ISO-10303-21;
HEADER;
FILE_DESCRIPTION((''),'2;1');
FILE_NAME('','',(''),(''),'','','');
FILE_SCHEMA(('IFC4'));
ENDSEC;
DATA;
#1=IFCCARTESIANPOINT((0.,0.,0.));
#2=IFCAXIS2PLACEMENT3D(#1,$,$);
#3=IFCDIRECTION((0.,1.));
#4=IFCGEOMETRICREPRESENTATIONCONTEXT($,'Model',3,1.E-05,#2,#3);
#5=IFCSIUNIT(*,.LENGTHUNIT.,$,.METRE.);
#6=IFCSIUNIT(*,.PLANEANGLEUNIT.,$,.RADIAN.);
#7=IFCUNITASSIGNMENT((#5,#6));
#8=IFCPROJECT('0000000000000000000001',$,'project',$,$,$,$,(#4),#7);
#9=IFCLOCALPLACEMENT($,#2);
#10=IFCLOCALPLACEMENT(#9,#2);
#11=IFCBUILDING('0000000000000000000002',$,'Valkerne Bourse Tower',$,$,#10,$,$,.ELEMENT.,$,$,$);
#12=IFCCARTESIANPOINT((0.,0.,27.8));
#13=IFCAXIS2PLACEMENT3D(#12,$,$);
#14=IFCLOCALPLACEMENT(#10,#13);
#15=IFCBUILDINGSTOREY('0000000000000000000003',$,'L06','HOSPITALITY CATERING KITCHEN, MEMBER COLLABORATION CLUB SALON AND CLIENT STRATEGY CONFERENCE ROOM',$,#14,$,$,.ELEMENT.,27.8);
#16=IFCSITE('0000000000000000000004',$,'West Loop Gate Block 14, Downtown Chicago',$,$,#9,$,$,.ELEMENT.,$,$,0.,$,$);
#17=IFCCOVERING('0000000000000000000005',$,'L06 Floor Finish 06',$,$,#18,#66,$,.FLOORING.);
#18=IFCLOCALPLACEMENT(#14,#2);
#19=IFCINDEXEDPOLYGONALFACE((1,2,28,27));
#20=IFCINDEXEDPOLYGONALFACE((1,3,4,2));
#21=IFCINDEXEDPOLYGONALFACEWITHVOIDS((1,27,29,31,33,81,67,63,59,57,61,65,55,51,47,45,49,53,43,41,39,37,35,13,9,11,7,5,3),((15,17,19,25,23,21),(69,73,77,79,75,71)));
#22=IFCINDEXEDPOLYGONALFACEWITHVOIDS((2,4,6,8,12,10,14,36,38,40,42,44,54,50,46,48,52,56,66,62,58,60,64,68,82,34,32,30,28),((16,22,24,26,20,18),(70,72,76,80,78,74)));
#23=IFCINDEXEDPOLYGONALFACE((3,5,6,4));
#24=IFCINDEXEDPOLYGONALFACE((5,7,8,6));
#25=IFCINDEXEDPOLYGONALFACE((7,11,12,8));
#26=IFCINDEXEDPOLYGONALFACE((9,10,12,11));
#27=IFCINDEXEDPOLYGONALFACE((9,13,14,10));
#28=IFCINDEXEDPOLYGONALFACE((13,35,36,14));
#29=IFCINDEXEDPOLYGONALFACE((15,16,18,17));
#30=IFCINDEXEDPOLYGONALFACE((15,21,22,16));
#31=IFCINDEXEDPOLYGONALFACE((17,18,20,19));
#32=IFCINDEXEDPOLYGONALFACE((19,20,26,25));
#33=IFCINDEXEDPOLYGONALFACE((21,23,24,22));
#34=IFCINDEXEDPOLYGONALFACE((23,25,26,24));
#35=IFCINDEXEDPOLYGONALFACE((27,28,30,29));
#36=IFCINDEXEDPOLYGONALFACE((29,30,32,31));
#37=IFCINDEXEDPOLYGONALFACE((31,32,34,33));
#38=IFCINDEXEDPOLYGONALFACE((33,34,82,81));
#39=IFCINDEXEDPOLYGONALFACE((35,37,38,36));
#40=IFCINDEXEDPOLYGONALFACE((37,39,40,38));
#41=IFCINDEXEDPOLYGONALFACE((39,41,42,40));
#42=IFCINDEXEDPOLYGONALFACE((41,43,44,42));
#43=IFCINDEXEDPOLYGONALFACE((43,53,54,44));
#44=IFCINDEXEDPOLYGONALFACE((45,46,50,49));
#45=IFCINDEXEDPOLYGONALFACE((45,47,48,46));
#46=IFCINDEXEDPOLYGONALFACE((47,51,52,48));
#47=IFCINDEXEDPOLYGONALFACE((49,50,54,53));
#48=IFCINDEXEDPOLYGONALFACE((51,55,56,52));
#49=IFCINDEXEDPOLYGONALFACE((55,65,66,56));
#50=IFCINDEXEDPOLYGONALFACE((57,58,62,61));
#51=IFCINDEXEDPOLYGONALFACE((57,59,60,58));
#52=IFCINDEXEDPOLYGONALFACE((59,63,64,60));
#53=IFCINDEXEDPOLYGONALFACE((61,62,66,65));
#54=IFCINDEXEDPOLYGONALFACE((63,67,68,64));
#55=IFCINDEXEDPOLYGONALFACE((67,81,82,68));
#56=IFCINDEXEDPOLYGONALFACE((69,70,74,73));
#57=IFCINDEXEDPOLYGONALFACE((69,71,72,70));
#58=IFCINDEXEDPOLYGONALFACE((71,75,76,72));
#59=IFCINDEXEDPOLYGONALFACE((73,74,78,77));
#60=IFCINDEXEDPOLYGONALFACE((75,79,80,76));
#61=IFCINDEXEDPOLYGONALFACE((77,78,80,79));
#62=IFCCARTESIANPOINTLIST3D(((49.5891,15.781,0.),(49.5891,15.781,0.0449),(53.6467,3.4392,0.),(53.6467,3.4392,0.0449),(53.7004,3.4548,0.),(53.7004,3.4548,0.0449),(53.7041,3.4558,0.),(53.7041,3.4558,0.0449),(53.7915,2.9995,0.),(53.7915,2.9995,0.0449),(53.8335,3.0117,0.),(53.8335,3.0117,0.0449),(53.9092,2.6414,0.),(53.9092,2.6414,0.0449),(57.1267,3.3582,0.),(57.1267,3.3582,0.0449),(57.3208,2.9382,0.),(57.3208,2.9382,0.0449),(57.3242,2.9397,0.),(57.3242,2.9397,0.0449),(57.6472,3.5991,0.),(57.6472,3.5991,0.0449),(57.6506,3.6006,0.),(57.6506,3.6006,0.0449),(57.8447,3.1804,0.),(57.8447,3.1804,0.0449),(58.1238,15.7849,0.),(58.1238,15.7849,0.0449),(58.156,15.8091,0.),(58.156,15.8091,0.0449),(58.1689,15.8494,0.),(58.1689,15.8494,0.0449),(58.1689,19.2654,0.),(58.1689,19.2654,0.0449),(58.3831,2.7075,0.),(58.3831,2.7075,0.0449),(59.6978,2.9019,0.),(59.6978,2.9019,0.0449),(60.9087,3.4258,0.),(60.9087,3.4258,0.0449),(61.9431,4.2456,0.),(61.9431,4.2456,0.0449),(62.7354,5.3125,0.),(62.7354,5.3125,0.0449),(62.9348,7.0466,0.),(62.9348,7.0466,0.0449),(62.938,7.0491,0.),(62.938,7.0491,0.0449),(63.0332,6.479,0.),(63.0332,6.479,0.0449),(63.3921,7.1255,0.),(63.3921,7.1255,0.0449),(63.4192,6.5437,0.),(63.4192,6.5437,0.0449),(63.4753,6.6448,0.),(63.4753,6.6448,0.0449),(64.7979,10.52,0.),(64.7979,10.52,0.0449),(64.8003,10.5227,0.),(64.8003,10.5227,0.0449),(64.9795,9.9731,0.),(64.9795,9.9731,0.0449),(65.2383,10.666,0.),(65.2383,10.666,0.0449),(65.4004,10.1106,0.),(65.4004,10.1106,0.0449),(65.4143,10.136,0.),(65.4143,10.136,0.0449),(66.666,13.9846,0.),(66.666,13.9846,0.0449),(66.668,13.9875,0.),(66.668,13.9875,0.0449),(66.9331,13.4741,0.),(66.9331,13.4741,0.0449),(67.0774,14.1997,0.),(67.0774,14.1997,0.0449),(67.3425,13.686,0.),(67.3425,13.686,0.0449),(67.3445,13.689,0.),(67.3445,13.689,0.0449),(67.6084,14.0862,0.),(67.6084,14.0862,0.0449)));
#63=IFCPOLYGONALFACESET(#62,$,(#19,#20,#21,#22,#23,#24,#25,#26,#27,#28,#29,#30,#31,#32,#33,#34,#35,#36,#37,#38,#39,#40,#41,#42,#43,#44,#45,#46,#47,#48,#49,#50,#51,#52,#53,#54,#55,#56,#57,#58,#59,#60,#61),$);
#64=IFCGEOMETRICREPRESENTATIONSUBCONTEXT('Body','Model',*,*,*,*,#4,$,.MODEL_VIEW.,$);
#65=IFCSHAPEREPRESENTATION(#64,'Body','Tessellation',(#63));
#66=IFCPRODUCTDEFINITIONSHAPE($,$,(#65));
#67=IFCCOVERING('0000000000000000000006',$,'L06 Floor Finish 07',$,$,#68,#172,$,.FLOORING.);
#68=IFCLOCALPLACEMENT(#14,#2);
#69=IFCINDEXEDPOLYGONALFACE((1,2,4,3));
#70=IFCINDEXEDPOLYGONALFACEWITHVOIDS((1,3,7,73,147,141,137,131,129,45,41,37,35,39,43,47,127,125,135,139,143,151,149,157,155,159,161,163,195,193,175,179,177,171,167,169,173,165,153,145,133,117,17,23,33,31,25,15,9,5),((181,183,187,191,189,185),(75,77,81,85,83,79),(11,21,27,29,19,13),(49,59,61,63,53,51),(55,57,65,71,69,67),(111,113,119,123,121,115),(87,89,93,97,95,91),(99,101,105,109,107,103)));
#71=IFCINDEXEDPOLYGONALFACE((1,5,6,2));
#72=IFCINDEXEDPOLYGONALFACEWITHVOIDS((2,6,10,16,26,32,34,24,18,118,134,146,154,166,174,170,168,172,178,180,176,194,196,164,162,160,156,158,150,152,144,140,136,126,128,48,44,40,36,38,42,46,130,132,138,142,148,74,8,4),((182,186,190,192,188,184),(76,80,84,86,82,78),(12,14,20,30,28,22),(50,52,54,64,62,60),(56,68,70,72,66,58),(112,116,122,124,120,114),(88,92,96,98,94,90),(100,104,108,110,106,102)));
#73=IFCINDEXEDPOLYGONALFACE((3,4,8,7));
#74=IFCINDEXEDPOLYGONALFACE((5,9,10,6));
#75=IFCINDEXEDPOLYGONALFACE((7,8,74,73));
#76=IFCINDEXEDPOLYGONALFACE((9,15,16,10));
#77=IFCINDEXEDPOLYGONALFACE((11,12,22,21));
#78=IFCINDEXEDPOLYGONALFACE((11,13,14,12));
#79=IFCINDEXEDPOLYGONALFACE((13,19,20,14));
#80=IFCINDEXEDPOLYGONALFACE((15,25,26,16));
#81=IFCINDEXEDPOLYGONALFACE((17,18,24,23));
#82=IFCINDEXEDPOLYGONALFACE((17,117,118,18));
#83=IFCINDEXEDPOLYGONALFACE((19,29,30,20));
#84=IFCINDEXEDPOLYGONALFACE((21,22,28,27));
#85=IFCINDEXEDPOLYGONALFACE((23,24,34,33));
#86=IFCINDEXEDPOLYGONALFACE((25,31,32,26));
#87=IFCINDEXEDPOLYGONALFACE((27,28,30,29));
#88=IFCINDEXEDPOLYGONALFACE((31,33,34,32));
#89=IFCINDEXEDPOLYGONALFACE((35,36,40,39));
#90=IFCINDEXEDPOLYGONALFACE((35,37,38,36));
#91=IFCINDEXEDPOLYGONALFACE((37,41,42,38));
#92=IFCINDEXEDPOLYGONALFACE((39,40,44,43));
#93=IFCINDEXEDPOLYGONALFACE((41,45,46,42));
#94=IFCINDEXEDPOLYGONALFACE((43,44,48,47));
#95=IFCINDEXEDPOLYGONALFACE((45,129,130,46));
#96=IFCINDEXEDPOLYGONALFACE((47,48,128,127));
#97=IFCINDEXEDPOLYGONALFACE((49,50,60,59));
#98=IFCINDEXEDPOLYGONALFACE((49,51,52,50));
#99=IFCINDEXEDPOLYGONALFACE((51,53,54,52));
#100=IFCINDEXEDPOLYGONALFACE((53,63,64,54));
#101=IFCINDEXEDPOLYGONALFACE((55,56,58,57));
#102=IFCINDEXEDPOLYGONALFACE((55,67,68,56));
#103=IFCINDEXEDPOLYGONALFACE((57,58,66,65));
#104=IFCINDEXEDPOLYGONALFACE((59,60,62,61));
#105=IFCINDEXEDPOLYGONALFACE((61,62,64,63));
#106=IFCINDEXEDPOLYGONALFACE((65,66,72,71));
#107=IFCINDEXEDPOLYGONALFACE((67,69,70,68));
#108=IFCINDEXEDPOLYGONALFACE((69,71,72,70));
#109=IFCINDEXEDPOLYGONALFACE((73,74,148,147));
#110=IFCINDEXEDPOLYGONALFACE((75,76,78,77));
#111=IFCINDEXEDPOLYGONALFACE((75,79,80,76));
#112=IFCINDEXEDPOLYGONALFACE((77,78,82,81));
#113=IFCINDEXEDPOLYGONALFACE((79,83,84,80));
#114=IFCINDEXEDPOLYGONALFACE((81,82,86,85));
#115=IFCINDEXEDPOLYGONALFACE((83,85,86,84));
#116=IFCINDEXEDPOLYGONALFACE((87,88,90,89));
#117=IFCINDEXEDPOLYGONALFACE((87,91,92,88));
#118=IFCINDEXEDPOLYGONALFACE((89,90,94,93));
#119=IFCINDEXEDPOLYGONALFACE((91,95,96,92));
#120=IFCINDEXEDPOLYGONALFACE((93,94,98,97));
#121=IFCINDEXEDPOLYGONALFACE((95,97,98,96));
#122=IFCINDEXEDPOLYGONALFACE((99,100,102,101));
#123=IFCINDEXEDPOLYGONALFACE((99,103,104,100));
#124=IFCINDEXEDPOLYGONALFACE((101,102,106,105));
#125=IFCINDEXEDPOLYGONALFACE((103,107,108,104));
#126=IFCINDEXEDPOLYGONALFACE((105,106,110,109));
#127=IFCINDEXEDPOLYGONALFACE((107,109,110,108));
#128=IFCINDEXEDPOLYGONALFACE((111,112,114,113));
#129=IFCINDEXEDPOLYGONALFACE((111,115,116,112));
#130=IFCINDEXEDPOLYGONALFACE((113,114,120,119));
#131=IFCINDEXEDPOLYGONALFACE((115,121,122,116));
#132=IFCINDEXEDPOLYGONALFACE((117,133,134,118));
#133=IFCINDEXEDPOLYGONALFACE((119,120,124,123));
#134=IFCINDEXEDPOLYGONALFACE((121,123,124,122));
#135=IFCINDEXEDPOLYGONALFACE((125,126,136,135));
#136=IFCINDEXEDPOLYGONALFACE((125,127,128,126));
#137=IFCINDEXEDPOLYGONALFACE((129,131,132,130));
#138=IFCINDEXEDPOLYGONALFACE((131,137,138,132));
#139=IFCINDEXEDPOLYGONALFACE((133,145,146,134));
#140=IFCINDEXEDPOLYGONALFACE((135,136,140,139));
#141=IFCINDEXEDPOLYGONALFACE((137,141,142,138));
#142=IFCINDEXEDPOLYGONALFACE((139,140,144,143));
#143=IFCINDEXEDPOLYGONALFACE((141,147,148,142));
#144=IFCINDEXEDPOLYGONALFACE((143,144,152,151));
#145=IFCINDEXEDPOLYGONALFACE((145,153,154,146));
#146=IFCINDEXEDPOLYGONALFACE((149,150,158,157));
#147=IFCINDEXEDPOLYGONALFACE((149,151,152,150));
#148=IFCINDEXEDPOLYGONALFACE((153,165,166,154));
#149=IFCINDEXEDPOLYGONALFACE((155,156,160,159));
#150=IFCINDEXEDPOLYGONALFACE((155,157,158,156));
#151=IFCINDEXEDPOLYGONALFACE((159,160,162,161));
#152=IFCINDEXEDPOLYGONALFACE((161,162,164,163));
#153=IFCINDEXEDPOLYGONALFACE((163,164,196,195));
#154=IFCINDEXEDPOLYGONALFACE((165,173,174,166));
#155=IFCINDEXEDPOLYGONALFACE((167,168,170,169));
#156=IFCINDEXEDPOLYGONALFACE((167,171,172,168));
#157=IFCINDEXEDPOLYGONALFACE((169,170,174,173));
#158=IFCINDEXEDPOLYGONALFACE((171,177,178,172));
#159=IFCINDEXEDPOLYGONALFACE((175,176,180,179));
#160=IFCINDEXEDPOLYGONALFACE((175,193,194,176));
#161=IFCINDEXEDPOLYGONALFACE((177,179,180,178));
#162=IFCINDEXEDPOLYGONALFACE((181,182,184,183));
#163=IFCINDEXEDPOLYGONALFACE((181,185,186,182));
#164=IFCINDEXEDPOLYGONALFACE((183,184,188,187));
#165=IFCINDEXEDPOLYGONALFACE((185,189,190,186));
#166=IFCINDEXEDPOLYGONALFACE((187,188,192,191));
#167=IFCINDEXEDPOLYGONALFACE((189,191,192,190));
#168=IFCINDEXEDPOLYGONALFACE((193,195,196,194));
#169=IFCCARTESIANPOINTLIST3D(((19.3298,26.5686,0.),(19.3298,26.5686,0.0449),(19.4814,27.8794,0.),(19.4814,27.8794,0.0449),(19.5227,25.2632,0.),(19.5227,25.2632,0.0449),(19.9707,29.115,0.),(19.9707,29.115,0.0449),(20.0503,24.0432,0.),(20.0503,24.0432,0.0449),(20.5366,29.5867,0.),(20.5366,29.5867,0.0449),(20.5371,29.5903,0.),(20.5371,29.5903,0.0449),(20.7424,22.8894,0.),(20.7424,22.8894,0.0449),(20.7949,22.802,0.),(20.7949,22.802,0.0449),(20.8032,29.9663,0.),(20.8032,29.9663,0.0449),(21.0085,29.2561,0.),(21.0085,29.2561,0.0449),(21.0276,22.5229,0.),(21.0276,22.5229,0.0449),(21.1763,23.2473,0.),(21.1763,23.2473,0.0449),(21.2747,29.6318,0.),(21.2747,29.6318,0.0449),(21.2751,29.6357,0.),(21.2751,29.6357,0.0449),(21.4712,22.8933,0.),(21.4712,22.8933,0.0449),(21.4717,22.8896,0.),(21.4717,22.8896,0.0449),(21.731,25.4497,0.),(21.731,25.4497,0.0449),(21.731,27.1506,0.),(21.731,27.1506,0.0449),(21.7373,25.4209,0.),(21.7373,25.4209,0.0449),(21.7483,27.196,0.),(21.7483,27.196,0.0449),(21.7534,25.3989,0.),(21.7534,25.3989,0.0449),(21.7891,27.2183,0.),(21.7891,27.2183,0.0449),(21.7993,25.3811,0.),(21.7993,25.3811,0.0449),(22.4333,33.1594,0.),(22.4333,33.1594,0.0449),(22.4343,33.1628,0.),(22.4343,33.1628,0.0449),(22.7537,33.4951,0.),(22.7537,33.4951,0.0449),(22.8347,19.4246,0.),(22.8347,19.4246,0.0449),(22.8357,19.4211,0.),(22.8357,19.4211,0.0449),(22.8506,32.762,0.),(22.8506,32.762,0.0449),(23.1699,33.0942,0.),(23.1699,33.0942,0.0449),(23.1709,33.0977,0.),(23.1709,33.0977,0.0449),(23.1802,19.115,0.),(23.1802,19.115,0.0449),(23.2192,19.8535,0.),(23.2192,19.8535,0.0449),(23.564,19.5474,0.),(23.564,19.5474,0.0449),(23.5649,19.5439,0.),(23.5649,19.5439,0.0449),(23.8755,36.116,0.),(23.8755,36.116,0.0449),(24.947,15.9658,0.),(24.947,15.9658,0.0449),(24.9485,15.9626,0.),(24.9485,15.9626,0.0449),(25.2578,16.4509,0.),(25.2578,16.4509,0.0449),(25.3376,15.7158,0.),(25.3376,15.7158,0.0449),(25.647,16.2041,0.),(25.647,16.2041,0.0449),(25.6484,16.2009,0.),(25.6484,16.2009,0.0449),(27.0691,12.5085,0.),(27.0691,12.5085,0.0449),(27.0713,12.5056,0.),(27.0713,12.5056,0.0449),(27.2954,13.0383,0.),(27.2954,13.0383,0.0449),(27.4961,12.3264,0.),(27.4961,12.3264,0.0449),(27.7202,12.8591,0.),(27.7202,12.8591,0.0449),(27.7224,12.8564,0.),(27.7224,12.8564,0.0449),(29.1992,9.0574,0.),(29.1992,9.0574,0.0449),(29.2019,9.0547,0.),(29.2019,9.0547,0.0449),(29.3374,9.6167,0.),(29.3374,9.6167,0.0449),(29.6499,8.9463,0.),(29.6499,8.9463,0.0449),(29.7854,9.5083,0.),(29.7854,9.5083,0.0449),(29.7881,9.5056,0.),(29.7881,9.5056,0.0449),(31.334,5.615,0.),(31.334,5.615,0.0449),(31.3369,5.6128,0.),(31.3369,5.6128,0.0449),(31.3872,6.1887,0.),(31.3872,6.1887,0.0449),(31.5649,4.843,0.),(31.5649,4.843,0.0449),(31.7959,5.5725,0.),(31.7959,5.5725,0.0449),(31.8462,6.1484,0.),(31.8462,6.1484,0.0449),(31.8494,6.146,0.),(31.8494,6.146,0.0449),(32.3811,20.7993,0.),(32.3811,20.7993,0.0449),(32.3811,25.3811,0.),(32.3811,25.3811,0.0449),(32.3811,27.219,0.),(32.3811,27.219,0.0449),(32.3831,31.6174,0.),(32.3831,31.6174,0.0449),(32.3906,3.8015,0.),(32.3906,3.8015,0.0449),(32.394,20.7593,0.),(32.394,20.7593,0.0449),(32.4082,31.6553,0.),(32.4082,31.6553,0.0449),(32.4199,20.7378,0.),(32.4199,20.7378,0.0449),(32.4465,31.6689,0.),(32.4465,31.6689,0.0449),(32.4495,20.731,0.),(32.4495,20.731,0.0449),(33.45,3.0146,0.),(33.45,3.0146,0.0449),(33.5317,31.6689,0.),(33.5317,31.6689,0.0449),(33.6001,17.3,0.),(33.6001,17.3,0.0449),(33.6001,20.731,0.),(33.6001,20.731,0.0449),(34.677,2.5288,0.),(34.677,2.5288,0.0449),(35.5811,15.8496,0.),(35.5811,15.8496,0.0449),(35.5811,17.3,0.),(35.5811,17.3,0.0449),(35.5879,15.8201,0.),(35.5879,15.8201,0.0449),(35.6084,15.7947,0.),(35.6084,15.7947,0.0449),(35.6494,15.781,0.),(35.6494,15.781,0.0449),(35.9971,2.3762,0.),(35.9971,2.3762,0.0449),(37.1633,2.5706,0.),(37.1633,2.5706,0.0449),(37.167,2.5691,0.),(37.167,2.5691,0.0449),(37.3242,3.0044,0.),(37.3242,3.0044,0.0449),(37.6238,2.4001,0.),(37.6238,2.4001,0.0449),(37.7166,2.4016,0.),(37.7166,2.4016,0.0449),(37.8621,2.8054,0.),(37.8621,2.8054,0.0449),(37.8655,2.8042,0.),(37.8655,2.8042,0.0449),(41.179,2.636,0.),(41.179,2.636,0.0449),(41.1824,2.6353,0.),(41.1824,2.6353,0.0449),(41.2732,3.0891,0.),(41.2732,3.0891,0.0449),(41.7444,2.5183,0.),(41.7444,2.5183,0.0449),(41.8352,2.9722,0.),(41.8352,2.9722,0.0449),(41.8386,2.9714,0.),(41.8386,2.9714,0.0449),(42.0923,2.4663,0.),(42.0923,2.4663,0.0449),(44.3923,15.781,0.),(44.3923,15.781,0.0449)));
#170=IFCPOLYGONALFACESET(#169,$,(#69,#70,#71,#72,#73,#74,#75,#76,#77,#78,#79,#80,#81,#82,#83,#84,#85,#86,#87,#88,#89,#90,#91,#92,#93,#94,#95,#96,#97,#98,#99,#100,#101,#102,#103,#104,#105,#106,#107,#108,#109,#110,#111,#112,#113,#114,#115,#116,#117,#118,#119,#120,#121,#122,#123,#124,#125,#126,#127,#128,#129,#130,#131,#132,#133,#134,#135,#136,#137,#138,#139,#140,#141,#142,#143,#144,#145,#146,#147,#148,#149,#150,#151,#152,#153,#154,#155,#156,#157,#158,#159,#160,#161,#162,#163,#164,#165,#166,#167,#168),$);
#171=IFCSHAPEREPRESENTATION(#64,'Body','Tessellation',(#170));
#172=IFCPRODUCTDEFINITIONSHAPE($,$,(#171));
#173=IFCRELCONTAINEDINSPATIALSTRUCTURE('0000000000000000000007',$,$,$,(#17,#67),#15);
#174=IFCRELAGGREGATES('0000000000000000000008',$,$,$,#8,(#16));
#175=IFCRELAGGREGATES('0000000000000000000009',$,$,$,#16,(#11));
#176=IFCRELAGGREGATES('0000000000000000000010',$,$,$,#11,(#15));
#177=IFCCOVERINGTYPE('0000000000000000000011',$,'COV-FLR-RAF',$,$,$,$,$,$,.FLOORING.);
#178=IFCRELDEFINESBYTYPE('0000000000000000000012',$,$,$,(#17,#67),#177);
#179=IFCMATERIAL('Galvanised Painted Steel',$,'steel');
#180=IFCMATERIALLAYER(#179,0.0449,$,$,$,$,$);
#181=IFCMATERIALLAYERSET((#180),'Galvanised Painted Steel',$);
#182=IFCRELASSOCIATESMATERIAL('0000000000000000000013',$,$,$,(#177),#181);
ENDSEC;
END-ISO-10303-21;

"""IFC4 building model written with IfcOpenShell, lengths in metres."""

from ifc_helpers import new_model, si_unit, direction, frame, origin, place, context, subcontext, project, spatial, polyline, outline, extrude, material, layer, layer_set, type_object, element, save


model = new_model("IFC4")

# Units and contexts
model_context = context("Model", 3, precision=1e-05, world=origin(), true_north=direction((0.0, 1.0)))
body_context = subcontext(model_context, "Body", "Model", "MODEL_VIEW")
ifc_project = project(units=[si_unit("LENGTHUNIT", "METRE"), si_unit("PLANEANGLEUNIT", "RADIAN")], contexts=[model_context])

# Site, building, storey
site_placement = place(None, origin())
site = spatial("IfcSite", under=ifc_project, at=site_placement, Name="West Loop Gate Block 14, Downtown Chicago", CompositionType="ELEMENT", RefElevation=0.0)
building_placement = place(site_placement, origin())
building = spatial("IfcBuilding", under=site, at=building_placement, Name="Valkerne Bourse Tower", CompositionType="ELEMENT")
storey_placement = place(building_placement, frame((0.0, 0.0, 27.8)))
storey = spatial("IfcBuildingStorey", under=building, at=storey_placement, Name="L06", Description="HOSPITALITY CATERING KITCHEN, MEMBER COLLABORATION CLUB SALON AND CLIENT STRATEGY CONFERENCE ROOM", CompositionType="ELEMENT", Elevation=27.8)

# Coverings
ifc_material_1 = material(Name="Galvanised Painted Steel", Category="steel")
ifc_layer_1 = layer(ifc_material_1, 0.0449)
ifc_layer_set_1 = layer_set([ifc_layer_1], Name="Galvanised Painted Steel")
covering_type_1 = type_object("IfcCoveringType", Name="COV-FLR-RAF", PredefinedType="FLOORING", material=ifc_layer_set_1)
covering_1_placement = place(storey_placement, origin())
element("IfcCovering", 1, at=covering_1_placement, inside=storey, type_object=covering_type_1, Name="L06 Floor Finish 06", PredefinedType="FLOORING", context=body_context, shape_type="SweptSolid", body=[
    extrude(outline(polyline([(59.6978, 2.9019), (58.3831, 2.7075), (53.9092, 2.6414), (53.7915, 2.9995), (53.8335, 3.0117), (53.7041, 3.4558), (53.7004, 3.4548), (53.6467, 3.4392), (49.5891, 15.781), (58.1238, 15.7849), (58.156, 15.8091), (58.1689, 15.8494), (58.1689, 19.2654), (67.6084, 14.0862), (65.4143, 10.136), (65.2383, 10.666), (64.8003, 10.5227), (64.7979, 10.52), (64.9795, 9.9731), (65.4004, 10.1106), (63.4753, 6.6448), (63.3921, 7.1255), (62.938, 7.0491), (62.9348, 7.0466), (63.0332, 6.479), (63.4192, 6.5437), (62.7354, 5.3125), (61.9431, 4.2456), (60.9087, 3.4258), (59.6978, 2.9019)]), holes=[polyline([(57.8447, 3.1804), (57.6506, 3.6006), (57.6472, 3.5991), (57.1267, 3.3582), (57.3208, 2.9382), (57.3242, 2.9397), (57.8447, 3.1804)]), polyline([(67.3445, 13.689), (67.0774, 14.1997), (66.668, 13.9875), (66.666, 13.9846), (66.9331, 13.4741), (67.3425, 13.686), (67.3445, 13.689)])]), origin(), (0.0, 0.0, 1.0), 0.0449),
])
covering_2_placement = place(storey_placement, origin())
element("IfcCovering", 2, at=covering_2_placement, inside=storey, type_object=covering_type_1, Name="L06 Floor Finish 07", PredefinedType="FLOORING", context=body_context, shape_type="SweptSolid", body=[
    extrude(outline(polyline([(33.45, 3.0146), (32.3906, 3.8015), (31.5649, 4.843), (20.7949, 22.802), (21.0276, 22.5229), (21.4717, 22.8896), (21.4712, 22.8933), (21.1763, 23.2473), (20.7424, 22.8894), (20.0503, 24.0432), (19.5227, 25.2632), (19.3298, 26.5686), (19.4814, 27.8794), (19.9707, 29.115), (23.8755, 36.116), (33.5317, 31.6689), (32.4465, 31.6689), (32.4082, 31.6553), (32.3831, 31.6174), (32.3811, 27.219), (21.7891, 27.2183), (21.7483, 27.196), (21.731, 27.1506), (21.731, 25.4497), (21.7373, 25.4209), (21.7534, 25.3989), (21.7993, 25.3811), (32.3811, 25.3811), (32.3811, 20.7993), (32.394, 20.7593), (32.4199, 20.7378), (32.4495, 20.731), (33.6001, 20.731), (33.6001, 17.3), (35.5811, 17.3), (35.5811, 15.8496), (35.5879, 15.8201), (35.6084, 15.7947), (35.6494, 15.781), (44.3923, 15.781), (42.0923, 2.4663), (37.7166, 2.4016), (37.8655, 2.8042), (37.8621, 2.8054), (37.3242, 3.0044), (37.1633, 2.5706), (37.167, 2.5691), (37.6238, 2.4001), (35.9971, 2.3762), (34.677, 2.5288), (33.45, 3.0146)]), holes=[polyline([(31.8462, 6.1484), (31.3872, 6.1887), (31.334, 5.615), (31.3369, 5.6128), (31.7959, 5.5725), (31.8494, 6.146), (31.8462, 6.1484)]), polyline([(29.7854, 9.5083), (29.3374, 9.6167), (29.1992, 9.0574), (29.2019, 9.0547), (29.6499, 8.9463), (29.7881, 9.5056), (29.7854, 9.5083)]), polyline([(27.7224, 12.8564), (27.7202, 12.8591), (27.2954, 13.0383), (27.0691, 12.5085), (27.0713, 12.5056), (27.4961, 12.3264), (27.7224, 12.8564)]), polyline([(25.6484, 16.2009), (25.647, 16.2041), (25.2578, 16.4509), (24.947, 15.9658), (24.9485, 15.9626), (25.3376, 15.7158), (25.6484, 16.2009)]), polyline([(23.564, 19.5474), (23.2192, 19.8535), (22.8347, 19.4246), (22.8357, 19.4211), (23.1802, 19.115), (23.5649, 19.5439), (23.564, 19.5474)]), polyline([(21.2751, 29.6357), (20.8032, 29.9663), (20.5371, 29.5903), (20.5366, 29.5867), (21.0085, 29.2561), (21.2747, 29.6318), (21.2751, 29.6357)]), polyline([(23.1699, 33.0942), (23.1709, 33.0977), (22.7537, 33.4951), (22.4343, 33.1628), (22.4333, 33.1594), (22.8506, 32.762), (23.1699, 33.0942)]), polyline([(41.8352, 2.9722), (41.2732, 3.0891), (41.179, 2.636), (41.1824, 2.6353), (41.7444, 2.5183), (41.8386, 2.9714), (41.8352, 2.9722)])]), origin(), (0.0, 0.0, 1.0), 0.0449),
])

save(model, "model.ifc")
